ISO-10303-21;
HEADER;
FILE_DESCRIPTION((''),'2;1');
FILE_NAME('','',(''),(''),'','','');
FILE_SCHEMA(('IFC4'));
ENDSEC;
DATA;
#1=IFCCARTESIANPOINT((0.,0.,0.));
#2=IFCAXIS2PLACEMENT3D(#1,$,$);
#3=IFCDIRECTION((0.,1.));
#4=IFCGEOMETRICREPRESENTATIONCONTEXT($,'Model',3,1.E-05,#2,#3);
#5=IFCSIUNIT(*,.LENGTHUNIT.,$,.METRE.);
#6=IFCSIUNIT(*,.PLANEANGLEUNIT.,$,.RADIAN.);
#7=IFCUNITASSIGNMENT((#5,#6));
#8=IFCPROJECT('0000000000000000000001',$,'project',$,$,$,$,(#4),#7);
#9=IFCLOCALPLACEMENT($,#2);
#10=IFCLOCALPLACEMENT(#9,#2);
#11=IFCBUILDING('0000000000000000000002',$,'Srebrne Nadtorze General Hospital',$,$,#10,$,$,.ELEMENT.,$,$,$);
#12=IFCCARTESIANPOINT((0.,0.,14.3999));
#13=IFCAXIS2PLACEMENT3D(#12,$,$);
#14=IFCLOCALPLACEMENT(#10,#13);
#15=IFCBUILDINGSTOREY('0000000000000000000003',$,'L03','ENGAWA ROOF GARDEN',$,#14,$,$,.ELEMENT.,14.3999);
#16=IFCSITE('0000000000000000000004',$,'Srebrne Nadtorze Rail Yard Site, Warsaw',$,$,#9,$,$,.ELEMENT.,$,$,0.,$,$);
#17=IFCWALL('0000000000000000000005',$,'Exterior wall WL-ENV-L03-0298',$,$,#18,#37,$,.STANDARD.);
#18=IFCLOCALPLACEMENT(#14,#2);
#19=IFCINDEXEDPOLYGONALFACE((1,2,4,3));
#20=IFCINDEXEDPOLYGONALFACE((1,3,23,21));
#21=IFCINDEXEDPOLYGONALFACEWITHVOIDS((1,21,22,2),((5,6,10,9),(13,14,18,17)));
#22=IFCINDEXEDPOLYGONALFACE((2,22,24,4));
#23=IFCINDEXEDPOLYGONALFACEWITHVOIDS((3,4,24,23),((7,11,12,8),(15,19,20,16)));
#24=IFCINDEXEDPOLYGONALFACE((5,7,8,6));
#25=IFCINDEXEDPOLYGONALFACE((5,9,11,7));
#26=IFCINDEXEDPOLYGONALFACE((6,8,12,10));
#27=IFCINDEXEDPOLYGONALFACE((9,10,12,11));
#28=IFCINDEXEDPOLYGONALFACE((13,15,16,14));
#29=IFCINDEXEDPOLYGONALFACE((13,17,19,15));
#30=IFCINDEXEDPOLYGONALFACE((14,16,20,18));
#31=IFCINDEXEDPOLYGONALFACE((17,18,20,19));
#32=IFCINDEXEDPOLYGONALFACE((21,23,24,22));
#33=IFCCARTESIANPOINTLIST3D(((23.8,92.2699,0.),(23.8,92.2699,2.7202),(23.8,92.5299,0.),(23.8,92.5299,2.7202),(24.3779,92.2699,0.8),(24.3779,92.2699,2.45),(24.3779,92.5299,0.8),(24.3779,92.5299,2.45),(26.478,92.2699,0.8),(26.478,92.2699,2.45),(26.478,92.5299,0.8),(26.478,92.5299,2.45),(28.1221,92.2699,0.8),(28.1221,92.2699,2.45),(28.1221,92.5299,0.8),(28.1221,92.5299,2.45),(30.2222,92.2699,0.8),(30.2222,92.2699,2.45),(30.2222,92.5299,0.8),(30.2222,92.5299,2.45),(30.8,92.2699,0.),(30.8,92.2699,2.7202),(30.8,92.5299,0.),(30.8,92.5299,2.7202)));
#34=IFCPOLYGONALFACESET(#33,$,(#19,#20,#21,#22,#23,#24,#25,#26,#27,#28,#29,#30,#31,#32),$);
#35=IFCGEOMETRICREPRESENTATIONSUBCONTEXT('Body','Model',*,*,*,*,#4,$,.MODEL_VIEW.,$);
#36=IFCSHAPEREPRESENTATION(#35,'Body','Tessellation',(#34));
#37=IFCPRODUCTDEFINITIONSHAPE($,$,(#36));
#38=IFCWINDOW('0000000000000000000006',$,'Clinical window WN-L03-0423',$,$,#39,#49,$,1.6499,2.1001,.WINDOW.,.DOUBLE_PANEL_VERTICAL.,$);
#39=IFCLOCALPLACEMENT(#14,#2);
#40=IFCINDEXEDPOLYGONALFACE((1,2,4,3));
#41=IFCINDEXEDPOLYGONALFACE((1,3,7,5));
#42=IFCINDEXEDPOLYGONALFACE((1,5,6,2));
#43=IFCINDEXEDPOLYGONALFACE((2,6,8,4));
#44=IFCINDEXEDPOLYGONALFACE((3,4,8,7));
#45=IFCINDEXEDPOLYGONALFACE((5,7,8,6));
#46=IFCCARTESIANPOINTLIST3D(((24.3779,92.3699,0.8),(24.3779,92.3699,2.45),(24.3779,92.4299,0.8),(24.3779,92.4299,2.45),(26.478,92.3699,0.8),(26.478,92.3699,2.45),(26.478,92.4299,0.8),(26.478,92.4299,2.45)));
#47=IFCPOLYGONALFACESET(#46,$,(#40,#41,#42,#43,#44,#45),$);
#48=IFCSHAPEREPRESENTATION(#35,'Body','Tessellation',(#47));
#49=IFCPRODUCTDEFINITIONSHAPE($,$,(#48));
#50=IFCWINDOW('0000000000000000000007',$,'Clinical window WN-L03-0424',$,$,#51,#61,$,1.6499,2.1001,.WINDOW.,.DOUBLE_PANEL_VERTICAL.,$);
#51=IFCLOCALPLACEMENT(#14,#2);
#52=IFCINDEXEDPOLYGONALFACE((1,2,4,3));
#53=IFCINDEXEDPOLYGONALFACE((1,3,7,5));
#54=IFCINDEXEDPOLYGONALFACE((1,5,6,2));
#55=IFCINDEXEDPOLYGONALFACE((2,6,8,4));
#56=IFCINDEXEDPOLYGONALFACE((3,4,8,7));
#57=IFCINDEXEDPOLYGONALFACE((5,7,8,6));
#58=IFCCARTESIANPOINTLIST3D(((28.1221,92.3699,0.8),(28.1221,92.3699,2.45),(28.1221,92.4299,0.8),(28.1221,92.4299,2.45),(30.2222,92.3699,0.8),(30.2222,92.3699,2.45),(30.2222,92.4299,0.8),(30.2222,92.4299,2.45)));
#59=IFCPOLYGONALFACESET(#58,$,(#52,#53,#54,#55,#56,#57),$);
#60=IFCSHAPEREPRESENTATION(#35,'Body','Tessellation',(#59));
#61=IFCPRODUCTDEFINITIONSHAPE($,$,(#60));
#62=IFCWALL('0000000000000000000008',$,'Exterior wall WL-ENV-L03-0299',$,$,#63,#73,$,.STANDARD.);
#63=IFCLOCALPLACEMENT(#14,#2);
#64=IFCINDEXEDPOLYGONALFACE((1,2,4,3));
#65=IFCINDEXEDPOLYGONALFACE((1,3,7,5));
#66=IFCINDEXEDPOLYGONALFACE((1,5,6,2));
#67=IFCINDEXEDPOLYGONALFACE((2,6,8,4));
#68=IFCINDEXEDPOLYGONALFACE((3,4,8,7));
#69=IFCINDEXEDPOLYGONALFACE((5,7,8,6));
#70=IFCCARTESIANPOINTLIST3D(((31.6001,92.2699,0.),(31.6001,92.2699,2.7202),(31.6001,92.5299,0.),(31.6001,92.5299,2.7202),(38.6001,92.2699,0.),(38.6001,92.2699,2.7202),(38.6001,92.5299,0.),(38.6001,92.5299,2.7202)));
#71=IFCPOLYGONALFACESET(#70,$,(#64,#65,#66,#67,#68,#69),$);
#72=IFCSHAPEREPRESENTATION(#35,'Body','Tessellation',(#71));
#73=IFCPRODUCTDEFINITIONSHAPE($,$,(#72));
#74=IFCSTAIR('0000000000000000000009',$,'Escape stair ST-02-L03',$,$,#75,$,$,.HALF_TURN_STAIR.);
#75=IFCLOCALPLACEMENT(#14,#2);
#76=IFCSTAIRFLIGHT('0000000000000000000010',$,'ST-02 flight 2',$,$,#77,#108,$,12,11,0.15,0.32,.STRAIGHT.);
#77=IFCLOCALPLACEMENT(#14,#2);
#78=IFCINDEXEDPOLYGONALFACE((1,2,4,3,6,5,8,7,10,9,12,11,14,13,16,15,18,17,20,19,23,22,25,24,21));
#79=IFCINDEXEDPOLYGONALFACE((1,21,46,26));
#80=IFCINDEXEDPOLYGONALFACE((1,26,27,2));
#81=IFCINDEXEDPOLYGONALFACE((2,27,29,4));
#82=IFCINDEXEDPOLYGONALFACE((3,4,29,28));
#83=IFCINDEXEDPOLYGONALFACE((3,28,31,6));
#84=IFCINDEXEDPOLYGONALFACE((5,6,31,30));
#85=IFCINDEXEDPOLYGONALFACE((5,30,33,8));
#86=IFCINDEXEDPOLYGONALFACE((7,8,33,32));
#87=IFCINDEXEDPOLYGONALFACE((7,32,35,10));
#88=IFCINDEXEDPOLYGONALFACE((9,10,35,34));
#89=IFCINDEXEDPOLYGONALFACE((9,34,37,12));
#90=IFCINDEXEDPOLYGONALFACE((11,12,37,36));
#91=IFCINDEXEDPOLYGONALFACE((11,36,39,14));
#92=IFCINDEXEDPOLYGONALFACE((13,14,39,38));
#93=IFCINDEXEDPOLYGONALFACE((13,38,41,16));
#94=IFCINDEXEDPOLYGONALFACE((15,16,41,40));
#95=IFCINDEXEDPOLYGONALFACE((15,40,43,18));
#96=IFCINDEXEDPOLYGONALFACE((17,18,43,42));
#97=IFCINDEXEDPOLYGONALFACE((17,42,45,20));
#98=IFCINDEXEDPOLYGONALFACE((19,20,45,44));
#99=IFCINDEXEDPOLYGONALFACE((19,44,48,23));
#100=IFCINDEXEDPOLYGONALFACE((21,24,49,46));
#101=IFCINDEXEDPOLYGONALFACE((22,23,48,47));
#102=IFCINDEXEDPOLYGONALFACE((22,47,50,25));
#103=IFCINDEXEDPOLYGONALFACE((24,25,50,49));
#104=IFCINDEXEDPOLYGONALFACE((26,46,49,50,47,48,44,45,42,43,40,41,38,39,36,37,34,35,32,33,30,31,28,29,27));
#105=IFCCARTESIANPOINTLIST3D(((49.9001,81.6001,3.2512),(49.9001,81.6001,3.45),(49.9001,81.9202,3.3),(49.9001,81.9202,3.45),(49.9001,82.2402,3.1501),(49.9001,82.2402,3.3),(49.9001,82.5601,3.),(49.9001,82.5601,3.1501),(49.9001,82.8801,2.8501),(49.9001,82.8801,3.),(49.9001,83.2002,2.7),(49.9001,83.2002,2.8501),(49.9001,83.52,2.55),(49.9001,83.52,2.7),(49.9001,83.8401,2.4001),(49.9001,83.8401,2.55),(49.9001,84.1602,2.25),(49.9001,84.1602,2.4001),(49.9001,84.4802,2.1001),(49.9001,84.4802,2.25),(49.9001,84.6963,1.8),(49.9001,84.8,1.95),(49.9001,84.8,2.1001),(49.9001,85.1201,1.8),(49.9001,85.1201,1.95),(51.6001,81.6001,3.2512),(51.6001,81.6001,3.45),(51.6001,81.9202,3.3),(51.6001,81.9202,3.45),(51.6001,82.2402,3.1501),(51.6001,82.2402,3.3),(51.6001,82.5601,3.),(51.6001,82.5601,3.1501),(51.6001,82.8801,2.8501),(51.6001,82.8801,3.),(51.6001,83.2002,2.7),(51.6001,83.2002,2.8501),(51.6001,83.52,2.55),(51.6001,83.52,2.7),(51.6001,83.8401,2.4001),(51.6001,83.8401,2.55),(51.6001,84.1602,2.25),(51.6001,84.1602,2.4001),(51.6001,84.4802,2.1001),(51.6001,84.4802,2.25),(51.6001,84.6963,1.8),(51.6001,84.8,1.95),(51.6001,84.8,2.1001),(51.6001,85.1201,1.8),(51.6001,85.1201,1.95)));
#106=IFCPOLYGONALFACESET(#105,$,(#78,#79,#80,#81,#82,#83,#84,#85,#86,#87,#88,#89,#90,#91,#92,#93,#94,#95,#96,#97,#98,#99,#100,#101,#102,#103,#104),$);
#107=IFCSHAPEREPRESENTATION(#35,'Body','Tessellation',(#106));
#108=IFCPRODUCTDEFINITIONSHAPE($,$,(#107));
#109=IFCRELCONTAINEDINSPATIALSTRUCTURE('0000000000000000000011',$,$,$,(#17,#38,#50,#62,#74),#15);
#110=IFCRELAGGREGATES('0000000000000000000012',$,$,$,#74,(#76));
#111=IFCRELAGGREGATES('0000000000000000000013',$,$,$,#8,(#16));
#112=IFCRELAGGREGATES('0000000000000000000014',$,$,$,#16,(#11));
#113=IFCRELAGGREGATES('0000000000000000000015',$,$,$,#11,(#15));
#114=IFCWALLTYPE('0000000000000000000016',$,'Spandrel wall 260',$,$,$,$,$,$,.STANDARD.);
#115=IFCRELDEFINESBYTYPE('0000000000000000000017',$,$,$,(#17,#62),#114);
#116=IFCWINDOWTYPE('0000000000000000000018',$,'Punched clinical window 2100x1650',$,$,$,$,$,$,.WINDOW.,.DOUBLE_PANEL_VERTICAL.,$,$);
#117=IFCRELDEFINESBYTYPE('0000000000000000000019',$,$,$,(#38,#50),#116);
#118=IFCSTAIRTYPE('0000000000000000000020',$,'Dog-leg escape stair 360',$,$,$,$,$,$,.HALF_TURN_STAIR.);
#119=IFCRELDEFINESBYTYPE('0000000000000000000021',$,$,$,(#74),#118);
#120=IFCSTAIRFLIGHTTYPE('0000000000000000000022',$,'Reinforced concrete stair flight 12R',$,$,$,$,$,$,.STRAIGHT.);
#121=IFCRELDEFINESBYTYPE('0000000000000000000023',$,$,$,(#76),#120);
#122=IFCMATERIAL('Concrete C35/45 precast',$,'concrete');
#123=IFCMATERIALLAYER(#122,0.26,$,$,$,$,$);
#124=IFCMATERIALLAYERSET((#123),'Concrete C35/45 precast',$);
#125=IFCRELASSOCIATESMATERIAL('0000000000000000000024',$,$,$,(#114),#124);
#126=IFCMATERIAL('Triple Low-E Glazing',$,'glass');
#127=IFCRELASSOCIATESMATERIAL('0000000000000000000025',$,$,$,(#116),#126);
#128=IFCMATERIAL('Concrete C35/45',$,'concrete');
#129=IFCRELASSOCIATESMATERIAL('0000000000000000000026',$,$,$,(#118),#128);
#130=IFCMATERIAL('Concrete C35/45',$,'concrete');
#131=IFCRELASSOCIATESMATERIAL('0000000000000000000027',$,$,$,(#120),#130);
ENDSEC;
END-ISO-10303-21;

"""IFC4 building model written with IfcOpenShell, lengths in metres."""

from ifc_helpers import new_model, si_unit, direction, frame, frame_2d, origin, place, context, subcontext, project, spatial, polyline, rectangle, outline, extrude, material, layer, layer_set, type_object, element, fill, aggregate, save


model = new_model("IFC4")

# Units and contexts
model_context = context("Model", 3, precision=1e-05, world=origin(), true_north=direction((0.0, 1.0)))
body_context = subcontext(model_context, "Body", "Model", "MODEL_VIEW")
ifc_project = project(units=[si_unit("LENGTHUNIT", "METRE"), si_unit("PLANEANGLEUNIT", "RADIAN")], contexts=[model_context])

# Site, building, storey
site_placement = place(None, origin())
site = spatial("IfcSite", under=ifc_project, at=site_placement, Name="Srebrne Nadtorze Rail Yard Site, Warsaw", CompositionType="ELEMENT", RefElevation=0.0)
building_placement = place(site_placement, origin())
building = spatial("IfcBuilding", under=site, at=building_placement, Name="Srebrne Nadtorze General Hospital", CompositionType="ELEMENT")
storey_placement = place(building_placement, frame((0.0, 0.0, 14.3999)))
storey = spatial("IfcBuildingStorey", under=building, at=storey_placement, Name="L03", Description="ENGAWA ROOF GARDEN", CompositionType="ELEMENT", Elevation=14.3999)

# Wall, openings, windows
ifc_material_1 = material(Name="Concrete C35/45 precast", Category="concrete")
ifc_layer_1 = layer(ifc_material_1, 0.26)
ifc_layer_set_1 = layer_set([ifc_layer_1], Name="Concrete C35/45 precast")
wall_type_1 = type_object("IfcWallType", Name="Spandrel wall 260", PredefinedType="STANDARD", material=ifc_layer_set_1)
wall_1_placement = place(storey_placement, frame((23.8, 92.3999, 0.0), z_axis=(0.0, 0.0, 1.0), x_axis=(1.0, 0.0, 0.0)))
wall_1 = element("IfcWall", 1, at=wall_1_placement, inside=storey, type_object=wall_type_1, Name="Exterior wall WL-ENV-L03-0298", PredefinedType="STANDARD", context=body_context, shape_type="SweptSolid", body=[
    extrude(rectangle(XDim=7.0, YDim=0.26, at=frame_2d((3.5, 0.0))), origin(), (0.0, 0.0, 1.0), 2.7202),
])
opening_1_placement = place(wall_1_placement, frame((0.5779, 0.0, 0.8)))
opening_1 = element("IfcOpeningElement", 2, at=opening_1_placement, cuts=wall_1, PredefinedType="OPENING", context=body_context, shape_type="SweptSolid", body=[
    extrude(rectangle(XDim=2.1001, YDim=1.6499, at=frame_2d((1.05, 0.825))), frame((0.0, 0.1421, 0.0), z_axis=(0.0, -1.0, 0.0), x_axis=(1.0, 0.0, 0.0)), (0.0, 0.0, 1.0), 0.2839),
])
opening_2_placement = place(wall_1_placement, frame((4.322, 0.0, 0.8)))
opening_2 = element("IfcOpeningElement", 3, at=opening_2_placement, cuts=wall_1, PredefinedType="OPENING", context=body_context, shape_type="SweptSolid", body=[
    extrude(rectangle(XDim=2.1001, YDim=1.6499, at=frame_2d((1.05, 0.825))), frame((0.0, 0.1421, 0.0), z_axis=(0.0, -1.0, 0.0), x_axis=(1.0, 0.0, 0.0)), (0.0, 0.0, 1.0), 0.2839),
])
ifc_material_2 = material(Name="Triple Low-E Glazing", Category="glass")
window_type_1 = type_object("IfcWindowType", Name="Punched clinical window 2100x1650", PartitioningType="DOUBLE_PANEL_VERTICAL", PredefinedType="WINDOW", material=ifc_material_2)
window_1_placement = place(opening_1_placement, origin())
window_1 = element("IfcWindow", 4, at=window_1_placement, inside=storey, type_object=window_type_1, Name="Clinical window WN-L03-0423", OverallHeight=1.6499, OverallWidth=2.1001, PartitioningType="DOUBLE_PANEL_VERTICAL", PredefinedType="WINDOW", context=body_context, shape_type="SweptSolid", body=[
    extrude(rectangle(XDim=2.1001, YDim=1.6499, at=frame_2d((1.05, 0.825))), frame((0.0, 0.03, 0.0), z_axis=(0.0, -1.0, 0.0), x_axis=(1.0, 0.0, 0.0)), (0.0, 0.0, 1.0), 0.0601),
])
fill(opening_1, window_1)
window_2_placement = place(opening_2_placement, origin())
window_2 = element("IfcWindow", 5, at=window_2_placement, inside=storey, type_object=window_type_1, Name="Clinical window WN-L03-0424", OverallHeight=1.6499, OverallWidth=2.1001, PartitioningType="DOUBLE_PANEL_VERTICAL", PredefinedType="WINDOW", context=body_context, shape_type="SweptSolid", body=[
    extrude(rectangle(XDim=2.1001, YDim=1.6499, at=frame_2d((1.05, 0.825))), frame((0.0, 0.03, 0.0), z_axis=(0.0, -1.0, 0.0), x_axis=(1.0, 0.0, 0.0)), (0.0, 0.0, 1.0), 0.0601),
])
fill(opening_2, window_2)

# Wall
wall_2_placement = place(storey_placement, frame((31.6001, 92.3999, 0.0), z_axis=(0.0, 0.0, 1.0), x_axis=(1.0, 0.0, 0.0)))
element("IfcWall", 6, at=wall_2_placement, inside=storey, type_object=wall_type_1, Name="Exterior wall WL-ENV-L03-0299", PredefinedType="STANDARD", context=body_context, shape_type="SweptSolid", body=[
    extrude(rectangle(XDim=7.0, YDim=0.26, at=frame_2d((3.5, 0.0))), origin(), (0.0, 0.0, 1.0), 2.7202),
])

# Stair, stair flight
ifc_material_3 = material(Name="Concrete C35/45", Category="concrete")
stair_type = type_object("IfcStairType", Name="Dog-leg escape stair 360", PredefinedType="HALF_TURN_STAIR", material=ifc_material_3)
stair_placement = place(storey_placement, origin())
stair = element("IfcStair", 7, at=stair_placement, inside=storey, type_object=stair_type, Name="Escape stair ST-02-L03", PredefinedType="HALF_TURN_STAIR")
ifc_material_4 = material(Name="Concrete C35/45", Category="concrete")
stair_flight_type = type_object("IfcStairFlightType", Name="Reinforced concrete stair flight 12R", PredefinedType="STRAIGHT", material=ifc_material_4)
stair_flight_placement = place(storey_placement, frame((50.75, 85.1201, 1.8), z_axis=(0.0, 0.0, 1.0), x_axis=(0.0, -1.0, 0.0)))
stair_flight = element("IfcStairFlight", 8, at=stair_flight_placement, type_object=stair_flight_type, Name="ST-02 flight 2", NumberOfRisers=12, NumberOfTreads=11, PredefinedType="STRAIGHT", RiserHeight=0.15, TreadLength=0.32, context=body_context, shape_type="SweptSolid", body=[
    extrude(outline(polyline([(0.0, 0.0), (0.0, 0.1499), (0.3201, 0.1499), (0.3201, 0.3), (0.6399, 0.3), (0.6399, 0.45), (0.96, 0.45), (0.96, 0.6001), (1.28, 0.6001), (1.28, 0.75), (1.6001, 0.75), (1.6001, 0.8999), (1.9199, 0.8999), (1.9199, 1.05), (2.24, 1.05), (2.24, 1.2), (2.5601, 1.2), (2.5601, 1.3501), (2.8799, 1.3501), (2.8799, 1.5), (3.2, 1.5), (3.2, 1.6499), (3.52, 1.6499), (3.52, 1.8), (3.52, 1.4512), (0.4238, 0.0), (0.0, 0.0)])), frame((0.0, 0.8501, 0.0), z_axis=(0.0, -1.0, 0.0), x_axis=(1.0, 0.0, 0.0)), (0.0, 0.0, 1.0), 1.7),
])
aggregate(stair, [stair_flight])

save(model, "model.ifc")
